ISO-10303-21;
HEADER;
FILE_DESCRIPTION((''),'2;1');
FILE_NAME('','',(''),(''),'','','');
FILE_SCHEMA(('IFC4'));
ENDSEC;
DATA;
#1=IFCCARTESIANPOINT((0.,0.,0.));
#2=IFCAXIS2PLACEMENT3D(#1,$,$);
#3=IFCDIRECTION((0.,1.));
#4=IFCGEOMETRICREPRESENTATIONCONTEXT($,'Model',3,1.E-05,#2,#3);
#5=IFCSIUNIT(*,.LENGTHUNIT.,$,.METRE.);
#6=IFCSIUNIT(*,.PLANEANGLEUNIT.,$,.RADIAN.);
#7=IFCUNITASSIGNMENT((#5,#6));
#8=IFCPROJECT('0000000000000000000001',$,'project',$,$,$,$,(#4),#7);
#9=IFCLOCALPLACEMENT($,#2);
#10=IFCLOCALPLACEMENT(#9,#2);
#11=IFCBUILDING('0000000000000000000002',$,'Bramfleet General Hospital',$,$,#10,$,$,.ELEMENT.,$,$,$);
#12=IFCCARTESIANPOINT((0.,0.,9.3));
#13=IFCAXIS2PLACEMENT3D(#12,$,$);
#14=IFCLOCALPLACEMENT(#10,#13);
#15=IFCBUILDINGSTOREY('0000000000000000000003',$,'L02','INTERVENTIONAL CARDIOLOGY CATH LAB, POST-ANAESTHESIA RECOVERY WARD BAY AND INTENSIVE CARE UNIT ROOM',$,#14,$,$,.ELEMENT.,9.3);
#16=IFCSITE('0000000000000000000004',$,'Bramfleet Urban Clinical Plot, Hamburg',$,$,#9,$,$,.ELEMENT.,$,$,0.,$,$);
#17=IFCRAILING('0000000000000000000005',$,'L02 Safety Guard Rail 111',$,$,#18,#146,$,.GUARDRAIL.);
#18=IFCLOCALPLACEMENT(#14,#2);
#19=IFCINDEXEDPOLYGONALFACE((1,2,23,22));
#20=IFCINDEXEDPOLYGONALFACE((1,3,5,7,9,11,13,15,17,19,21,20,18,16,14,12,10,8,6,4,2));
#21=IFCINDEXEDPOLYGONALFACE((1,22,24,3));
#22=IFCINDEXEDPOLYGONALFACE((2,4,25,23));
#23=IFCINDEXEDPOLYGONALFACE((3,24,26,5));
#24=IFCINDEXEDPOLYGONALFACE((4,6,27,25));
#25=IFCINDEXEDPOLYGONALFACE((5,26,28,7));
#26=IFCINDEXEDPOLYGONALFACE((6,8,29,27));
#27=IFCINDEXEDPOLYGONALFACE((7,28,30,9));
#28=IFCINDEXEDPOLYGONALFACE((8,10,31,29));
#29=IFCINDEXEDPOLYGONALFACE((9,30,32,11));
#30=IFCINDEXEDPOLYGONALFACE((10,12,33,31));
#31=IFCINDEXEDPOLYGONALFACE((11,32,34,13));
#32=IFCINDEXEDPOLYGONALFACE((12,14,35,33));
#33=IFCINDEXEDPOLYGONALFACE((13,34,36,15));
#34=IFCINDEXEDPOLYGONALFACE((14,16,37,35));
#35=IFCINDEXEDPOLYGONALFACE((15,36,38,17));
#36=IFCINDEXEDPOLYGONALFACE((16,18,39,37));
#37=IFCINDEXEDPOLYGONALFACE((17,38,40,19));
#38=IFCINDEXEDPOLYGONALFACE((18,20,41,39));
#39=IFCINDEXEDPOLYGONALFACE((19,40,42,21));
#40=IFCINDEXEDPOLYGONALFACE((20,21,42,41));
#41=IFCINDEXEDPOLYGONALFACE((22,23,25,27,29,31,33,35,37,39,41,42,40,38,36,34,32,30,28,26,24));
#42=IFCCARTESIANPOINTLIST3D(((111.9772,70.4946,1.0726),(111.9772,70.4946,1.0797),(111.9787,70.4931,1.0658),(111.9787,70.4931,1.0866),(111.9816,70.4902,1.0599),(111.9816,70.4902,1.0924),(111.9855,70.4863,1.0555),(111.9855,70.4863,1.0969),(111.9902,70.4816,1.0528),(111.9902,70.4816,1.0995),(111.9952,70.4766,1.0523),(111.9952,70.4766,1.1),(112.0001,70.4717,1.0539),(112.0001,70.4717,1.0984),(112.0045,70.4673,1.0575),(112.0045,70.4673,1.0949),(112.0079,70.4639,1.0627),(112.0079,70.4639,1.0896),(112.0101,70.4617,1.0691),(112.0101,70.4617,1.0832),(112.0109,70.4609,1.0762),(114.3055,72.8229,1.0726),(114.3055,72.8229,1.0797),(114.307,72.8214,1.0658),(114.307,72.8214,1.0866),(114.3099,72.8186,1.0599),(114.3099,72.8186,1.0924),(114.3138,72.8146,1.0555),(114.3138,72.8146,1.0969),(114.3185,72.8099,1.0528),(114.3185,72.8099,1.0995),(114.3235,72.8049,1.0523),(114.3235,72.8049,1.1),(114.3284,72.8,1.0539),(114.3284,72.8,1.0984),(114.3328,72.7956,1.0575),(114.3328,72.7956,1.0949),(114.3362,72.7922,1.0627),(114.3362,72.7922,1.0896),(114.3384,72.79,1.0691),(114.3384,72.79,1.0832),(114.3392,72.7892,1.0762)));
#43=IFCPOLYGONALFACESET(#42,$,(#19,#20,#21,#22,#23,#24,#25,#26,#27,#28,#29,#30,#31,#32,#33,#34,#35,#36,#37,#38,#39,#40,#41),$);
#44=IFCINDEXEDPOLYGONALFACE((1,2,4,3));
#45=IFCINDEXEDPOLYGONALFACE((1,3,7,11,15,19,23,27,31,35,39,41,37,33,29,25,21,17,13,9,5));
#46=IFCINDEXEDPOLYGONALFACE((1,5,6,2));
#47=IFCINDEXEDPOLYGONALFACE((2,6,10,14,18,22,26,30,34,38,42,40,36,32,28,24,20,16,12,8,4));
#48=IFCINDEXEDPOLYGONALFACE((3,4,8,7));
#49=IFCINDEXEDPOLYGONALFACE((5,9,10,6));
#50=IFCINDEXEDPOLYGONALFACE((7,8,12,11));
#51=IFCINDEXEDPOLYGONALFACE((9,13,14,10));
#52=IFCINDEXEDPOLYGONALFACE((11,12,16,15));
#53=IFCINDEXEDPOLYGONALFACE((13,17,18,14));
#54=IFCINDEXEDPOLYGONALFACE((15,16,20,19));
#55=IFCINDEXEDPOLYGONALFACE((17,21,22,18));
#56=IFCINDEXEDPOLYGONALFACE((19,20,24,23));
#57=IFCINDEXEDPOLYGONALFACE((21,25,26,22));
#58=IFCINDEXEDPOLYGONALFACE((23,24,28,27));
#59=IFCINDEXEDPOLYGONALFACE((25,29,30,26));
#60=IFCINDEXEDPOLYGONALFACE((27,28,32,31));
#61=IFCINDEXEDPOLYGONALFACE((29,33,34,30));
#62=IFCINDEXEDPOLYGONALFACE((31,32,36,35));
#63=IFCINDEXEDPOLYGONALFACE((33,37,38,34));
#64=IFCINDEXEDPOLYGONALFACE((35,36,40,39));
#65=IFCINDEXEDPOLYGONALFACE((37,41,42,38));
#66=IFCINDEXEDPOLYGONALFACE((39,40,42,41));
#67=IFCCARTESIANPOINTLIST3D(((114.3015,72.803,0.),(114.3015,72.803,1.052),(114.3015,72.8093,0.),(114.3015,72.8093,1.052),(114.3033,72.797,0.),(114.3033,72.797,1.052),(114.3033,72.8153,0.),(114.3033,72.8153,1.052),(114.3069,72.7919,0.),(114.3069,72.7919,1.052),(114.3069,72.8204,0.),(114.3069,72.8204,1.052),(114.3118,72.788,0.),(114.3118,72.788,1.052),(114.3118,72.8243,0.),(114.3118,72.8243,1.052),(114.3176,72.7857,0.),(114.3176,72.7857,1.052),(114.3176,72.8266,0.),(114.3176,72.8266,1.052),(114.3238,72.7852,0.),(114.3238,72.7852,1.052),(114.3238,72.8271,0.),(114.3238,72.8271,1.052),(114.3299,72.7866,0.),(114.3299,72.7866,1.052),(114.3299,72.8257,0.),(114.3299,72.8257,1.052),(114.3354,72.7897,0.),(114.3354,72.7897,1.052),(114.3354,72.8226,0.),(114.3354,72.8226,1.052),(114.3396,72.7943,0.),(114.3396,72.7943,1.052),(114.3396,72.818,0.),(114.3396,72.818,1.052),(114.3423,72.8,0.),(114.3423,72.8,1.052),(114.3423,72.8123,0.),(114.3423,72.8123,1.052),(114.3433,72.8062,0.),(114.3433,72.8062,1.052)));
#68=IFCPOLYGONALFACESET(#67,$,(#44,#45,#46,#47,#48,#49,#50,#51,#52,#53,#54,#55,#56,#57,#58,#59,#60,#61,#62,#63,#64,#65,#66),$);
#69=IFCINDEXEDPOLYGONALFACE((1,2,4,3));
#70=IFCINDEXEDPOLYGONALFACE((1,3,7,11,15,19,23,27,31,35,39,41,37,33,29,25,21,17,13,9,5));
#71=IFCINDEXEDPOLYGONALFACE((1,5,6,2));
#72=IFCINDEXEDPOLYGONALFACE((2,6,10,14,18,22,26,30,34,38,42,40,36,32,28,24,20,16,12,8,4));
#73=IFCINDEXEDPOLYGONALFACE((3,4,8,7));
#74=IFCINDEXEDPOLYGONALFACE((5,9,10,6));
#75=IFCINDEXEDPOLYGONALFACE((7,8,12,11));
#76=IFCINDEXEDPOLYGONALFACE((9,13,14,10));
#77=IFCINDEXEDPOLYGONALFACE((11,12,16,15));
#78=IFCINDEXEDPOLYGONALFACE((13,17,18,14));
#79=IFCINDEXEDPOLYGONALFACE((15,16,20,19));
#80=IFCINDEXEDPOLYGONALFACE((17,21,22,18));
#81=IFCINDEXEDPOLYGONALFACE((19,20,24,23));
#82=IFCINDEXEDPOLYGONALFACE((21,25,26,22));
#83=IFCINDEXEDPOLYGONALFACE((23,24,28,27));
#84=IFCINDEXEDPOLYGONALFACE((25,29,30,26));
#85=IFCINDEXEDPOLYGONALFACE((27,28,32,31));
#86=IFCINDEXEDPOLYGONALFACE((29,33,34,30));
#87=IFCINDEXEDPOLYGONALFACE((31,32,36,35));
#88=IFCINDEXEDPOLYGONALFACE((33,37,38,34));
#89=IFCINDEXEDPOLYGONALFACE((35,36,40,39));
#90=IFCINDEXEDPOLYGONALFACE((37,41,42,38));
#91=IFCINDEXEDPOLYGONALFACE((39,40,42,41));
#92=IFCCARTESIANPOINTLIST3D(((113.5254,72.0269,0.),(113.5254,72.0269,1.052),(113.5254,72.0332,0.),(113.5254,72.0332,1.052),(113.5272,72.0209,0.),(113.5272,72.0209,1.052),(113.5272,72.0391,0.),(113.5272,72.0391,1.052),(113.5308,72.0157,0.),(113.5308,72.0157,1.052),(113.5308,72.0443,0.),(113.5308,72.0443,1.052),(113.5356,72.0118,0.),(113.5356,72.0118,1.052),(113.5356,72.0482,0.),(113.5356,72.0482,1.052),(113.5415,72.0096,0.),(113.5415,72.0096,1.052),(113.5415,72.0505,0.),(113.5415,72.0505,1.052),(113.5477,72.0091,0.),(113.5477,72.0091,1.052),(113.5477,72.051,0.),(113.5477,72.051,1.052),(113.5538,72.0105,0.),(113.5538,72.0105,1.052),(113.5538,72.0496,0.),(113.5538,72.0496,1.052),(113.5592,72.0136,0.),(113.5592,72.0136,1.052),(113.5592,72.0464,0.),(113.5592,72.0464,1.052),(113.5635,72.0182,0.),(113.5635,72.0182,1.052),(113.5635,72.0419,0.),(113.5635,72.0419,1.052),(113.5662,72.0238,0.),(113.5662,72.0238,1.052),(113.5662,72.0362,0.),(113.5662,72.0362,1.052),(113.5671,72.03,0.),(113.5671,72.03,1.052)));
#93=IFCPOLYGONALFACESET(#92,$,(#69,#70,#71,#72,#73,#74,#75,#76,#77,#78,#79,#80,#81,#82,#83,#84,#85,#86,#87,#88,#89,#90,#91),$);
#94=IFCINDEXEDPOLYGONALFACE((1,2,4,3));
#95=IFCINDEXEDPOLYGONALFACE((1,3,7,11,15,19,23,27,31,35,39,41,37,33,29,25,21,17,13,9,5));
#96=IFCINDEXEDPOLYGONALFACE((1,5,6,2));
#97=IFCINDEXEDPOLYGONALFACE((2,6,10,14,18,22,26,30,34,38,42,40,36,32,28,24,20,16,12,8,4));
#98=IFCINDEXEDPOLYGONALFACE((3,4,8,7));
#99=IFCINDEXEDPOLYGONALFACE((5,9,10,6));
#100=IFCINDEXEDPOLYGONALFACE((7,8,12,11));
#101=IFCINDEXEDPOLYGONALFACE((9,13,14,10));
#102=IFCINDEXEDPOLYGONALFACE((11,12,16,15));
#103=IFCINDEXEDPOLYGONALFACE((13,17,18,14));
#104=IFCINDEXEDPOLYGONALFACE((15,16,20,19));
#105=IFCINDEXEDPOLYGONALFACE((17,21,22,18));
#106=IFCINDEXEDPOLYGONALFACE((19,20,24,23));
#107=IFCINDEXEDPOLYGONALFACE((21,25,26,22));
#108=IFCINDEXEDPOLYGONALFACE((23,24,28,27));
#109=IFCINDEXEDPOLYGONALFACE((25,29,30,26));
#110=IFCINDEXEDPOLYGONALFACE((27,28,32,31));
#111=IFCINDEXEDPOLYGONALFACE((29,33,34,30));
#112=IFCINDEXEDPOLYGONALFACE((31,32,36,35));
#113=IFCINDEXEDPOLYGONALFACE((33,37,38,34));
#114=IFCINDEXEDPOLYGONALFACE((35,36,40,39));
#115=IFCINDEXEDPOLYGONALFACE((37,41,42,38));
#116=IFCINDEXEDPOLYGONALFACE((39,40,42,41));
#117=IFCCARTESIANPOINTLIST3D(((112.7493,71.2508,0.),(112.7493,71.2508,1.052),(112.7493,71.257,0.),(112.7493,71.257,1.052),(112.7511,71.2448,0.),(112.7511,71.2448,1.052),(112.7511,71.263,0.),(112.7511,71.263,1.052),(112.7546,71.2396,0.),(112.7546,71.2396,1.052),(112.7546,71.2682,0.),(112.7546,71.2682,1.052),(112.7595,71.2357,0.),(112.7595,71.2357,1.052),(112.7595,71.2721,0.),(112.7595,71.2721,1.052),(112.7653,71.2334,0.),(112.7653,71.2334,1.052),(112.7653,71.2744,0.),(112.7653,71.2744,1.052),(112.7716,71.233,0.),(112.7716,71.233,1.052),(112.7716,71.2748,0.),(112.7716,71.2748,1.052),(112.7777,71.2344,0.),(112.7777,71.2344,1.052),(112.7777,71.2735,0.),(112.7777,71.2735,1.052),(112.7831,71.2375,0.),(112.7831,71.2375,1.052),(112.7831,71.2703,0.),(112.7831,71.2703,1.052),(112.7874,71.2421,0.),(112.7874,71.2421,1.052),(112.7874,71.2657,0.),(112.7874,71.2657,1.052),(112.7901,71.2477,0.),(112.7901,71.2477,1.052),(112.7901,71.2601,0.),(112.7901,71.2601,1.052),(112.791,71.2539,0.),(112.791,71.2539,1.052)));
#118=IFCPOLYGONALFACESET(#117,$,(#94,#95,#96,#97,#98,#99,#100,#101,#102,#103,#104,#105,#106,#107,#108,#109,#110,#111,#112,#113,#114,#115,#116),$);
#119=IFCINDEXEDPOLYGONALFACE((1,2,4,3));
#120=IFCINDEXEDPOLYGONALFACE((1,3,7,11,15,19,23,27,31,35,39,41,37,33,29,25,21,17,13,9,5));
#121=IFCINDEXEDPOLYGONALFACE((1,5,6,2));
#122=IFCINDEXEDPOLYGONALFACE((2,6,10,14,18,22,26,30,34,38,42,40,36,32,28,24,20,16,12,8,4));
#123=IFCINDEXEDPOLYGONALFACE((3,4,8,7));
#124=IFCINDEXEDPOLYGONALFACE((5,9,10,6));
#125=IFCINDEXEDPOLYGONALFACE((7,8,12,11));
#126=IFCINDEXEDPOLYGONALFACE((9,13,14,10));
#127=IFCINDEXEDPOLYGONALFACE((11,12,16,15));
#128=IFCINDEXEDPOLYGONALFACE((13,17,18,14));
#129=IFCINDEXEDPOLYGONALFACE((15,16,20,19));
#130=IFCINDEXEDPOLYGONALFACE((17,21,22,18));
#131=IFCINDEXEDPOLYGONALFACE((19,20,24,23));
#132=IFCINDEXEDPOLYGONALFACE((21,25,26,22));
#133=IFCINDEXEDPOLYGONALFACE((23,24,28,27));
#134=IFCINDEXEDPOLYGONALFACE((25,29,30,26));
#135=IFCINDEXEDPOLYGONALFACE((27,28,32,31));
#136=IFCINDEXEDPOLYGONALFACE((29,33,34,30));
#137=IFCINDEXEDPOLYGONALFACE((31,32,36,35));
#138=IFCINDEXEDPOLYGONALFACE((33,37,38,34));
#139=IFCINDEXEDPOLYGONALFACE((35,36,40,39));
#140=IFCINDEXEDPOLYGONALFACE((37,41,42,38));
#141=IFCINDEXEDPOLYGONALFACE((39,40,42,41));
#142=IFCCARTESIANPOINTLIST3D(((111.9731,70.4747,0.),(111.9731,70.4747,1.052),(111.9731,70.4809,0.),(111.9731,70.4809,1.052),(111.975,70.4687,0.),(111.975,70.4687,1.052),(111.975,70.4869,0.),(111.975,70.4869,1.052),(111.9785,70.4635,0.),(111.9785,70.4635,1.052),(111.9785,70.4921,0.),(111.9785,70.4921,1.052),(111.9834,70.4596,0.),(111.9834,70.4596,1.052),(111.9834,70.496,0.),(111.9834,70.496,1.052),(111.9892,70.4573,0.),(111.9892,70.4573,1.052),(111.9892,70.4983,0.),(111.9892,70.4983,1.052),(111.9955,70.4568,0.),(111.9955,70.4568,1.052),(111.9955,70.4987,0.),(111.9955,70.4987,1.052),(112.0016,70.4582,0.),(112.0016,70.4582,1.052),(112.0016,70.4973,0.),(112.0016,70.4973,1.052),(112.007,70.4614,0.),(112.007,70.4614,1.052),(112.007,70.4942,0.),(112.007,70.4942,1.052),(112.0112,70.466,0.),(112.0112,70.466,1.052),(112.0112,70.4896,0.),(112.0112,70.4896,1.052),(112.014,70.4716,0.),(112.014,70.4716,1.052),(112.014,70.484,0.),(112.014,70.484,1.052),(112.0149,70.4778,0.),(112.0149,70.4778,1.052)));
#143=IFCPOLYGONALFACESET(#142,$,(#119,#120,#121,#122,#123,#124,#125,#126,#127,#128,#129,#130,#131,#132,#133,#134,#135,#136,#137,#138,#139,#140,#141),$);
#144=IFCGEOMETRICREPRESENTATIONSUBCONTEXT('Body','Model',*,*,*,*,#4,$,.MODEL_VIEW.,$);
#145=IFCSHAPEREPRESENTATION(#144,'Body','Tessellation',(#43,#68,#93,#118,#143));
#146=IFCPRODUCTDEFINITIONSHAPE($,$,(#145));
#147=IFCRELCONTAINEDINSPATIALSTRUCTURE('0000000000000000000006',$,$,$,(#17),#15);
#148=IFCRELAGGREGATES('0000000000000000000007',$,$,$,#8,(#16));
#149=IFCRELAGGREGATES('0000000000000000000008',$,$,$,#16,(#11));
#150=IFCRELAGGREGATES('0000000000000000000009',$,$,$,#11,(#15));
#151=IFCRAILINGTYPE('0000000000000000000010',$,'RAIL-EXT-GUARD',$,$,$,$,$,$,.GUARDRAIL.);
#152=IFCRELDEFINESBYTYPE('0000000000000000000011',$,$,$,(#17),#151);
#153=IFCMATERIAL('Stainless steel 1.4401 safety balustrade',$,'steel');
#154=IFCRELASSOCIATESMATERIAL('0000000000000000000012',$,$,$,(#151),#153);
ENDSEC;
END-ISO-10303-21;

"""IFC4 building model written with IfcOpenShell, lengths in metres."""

from ifc_helpers import new_model, si_unit, direction, frame, origin, origin_2d, place, context, subcontext, project, spatial, circle, extrude, material, type_object, element, save


model = new_model("IFC4")

# Units and contexts
model_context = context("Model", 3, precision=1e-05, world=origin(), true_north=direction((0.0, 1.0)))
body_context = subcontext(model_context, "Body", "Model", "MODEL_VIEW")
ifc_project = project(units=[si_unit("LENGTHUNIT", "METRE"), si_unit("PLANEANGLEUNIT", "RADIAN")], contexts=[model_context])

# Site, building, storey
site_placement = place(None, origin())
site = spatial("IfcSite", under=ifc_project, at=site_placement, Name="Bramfleet Urban Clinical Plot, Hamburg", CompositionType="ELEMENT", RefElevation=0.0)
building_placement = place(site_placement, origin())
building = spatial("IfcBuilding", under=site, at=building_placement, Name="Bramfleet General Hospital", CompositionType="ELEMENT")
storey_placement = place(building_placement, frame((0.0, 0.0, 9.3)))
storey = spatial("IfcBuildingStorey", under=building, at=storey_placement, Name="L02", Description="INTERVENTIONAL CARDIOLOGY CATH LAB, POST-ANAESTHESIA RECOVERY WARD BAY AND INTENSIVE CARE UNIT ROOM", CompositionType="ELEMENT", Elevation=9.3)

# Railing
ifc_material_1 = material(Name="Stainless steel 1.4401 safety balustrade", Category="steel")
railing_type = type_object("IfcRailingType", Name="RAIL-EXT-GUARD", PredefinedType="GUARDRAIL", material=ifc_material_1)
railing_1_placement = place(storey_placement, frame((114.3223, 72.8062, 0.0)))
element("IfcRailing", 1, at=railing_1_placement, inside=storey, type_object=railing_type, Name="L02 Safety Guard Rail 111", PredefinedType="GUARDRAIL", context=body_context, shape_type="SweptSolid", body=[
    extrude(circle(Radius=0.0239, at=origin_2d()), frame((0.0, 0.0, 1.0762), z_axis=(-0.707107, -0.707107, 0.0), x_axis=(0.707107, -0.707107, 0.0)), (0.0, 0.0, 1.0), 3.2927),
    extrude(circle(Radius=0.021, at=origin_2d()), origin(), (0.0, 0.0, 1.0), 1.052),
    extrude(circle(Radius=0.021, at=origin_2d()), frame((-0.7761, -0.7761, 0.0)), (0.0, 0.0, 1.0), 1.052),
    extrude(circle(Radius=0.021, at=origin_2d()), frame((-1.5522, -1.5522, 0.0)), (0.0, 0.0, 1.0), 1.052),
    extrude(circle(Radius=0.021, at=origin_2d()), frame((-2.3284, -2.3284, 0.0)), (0.0, 0.0, 1.0), 1.052),
])

save(model, "model.ifc")
